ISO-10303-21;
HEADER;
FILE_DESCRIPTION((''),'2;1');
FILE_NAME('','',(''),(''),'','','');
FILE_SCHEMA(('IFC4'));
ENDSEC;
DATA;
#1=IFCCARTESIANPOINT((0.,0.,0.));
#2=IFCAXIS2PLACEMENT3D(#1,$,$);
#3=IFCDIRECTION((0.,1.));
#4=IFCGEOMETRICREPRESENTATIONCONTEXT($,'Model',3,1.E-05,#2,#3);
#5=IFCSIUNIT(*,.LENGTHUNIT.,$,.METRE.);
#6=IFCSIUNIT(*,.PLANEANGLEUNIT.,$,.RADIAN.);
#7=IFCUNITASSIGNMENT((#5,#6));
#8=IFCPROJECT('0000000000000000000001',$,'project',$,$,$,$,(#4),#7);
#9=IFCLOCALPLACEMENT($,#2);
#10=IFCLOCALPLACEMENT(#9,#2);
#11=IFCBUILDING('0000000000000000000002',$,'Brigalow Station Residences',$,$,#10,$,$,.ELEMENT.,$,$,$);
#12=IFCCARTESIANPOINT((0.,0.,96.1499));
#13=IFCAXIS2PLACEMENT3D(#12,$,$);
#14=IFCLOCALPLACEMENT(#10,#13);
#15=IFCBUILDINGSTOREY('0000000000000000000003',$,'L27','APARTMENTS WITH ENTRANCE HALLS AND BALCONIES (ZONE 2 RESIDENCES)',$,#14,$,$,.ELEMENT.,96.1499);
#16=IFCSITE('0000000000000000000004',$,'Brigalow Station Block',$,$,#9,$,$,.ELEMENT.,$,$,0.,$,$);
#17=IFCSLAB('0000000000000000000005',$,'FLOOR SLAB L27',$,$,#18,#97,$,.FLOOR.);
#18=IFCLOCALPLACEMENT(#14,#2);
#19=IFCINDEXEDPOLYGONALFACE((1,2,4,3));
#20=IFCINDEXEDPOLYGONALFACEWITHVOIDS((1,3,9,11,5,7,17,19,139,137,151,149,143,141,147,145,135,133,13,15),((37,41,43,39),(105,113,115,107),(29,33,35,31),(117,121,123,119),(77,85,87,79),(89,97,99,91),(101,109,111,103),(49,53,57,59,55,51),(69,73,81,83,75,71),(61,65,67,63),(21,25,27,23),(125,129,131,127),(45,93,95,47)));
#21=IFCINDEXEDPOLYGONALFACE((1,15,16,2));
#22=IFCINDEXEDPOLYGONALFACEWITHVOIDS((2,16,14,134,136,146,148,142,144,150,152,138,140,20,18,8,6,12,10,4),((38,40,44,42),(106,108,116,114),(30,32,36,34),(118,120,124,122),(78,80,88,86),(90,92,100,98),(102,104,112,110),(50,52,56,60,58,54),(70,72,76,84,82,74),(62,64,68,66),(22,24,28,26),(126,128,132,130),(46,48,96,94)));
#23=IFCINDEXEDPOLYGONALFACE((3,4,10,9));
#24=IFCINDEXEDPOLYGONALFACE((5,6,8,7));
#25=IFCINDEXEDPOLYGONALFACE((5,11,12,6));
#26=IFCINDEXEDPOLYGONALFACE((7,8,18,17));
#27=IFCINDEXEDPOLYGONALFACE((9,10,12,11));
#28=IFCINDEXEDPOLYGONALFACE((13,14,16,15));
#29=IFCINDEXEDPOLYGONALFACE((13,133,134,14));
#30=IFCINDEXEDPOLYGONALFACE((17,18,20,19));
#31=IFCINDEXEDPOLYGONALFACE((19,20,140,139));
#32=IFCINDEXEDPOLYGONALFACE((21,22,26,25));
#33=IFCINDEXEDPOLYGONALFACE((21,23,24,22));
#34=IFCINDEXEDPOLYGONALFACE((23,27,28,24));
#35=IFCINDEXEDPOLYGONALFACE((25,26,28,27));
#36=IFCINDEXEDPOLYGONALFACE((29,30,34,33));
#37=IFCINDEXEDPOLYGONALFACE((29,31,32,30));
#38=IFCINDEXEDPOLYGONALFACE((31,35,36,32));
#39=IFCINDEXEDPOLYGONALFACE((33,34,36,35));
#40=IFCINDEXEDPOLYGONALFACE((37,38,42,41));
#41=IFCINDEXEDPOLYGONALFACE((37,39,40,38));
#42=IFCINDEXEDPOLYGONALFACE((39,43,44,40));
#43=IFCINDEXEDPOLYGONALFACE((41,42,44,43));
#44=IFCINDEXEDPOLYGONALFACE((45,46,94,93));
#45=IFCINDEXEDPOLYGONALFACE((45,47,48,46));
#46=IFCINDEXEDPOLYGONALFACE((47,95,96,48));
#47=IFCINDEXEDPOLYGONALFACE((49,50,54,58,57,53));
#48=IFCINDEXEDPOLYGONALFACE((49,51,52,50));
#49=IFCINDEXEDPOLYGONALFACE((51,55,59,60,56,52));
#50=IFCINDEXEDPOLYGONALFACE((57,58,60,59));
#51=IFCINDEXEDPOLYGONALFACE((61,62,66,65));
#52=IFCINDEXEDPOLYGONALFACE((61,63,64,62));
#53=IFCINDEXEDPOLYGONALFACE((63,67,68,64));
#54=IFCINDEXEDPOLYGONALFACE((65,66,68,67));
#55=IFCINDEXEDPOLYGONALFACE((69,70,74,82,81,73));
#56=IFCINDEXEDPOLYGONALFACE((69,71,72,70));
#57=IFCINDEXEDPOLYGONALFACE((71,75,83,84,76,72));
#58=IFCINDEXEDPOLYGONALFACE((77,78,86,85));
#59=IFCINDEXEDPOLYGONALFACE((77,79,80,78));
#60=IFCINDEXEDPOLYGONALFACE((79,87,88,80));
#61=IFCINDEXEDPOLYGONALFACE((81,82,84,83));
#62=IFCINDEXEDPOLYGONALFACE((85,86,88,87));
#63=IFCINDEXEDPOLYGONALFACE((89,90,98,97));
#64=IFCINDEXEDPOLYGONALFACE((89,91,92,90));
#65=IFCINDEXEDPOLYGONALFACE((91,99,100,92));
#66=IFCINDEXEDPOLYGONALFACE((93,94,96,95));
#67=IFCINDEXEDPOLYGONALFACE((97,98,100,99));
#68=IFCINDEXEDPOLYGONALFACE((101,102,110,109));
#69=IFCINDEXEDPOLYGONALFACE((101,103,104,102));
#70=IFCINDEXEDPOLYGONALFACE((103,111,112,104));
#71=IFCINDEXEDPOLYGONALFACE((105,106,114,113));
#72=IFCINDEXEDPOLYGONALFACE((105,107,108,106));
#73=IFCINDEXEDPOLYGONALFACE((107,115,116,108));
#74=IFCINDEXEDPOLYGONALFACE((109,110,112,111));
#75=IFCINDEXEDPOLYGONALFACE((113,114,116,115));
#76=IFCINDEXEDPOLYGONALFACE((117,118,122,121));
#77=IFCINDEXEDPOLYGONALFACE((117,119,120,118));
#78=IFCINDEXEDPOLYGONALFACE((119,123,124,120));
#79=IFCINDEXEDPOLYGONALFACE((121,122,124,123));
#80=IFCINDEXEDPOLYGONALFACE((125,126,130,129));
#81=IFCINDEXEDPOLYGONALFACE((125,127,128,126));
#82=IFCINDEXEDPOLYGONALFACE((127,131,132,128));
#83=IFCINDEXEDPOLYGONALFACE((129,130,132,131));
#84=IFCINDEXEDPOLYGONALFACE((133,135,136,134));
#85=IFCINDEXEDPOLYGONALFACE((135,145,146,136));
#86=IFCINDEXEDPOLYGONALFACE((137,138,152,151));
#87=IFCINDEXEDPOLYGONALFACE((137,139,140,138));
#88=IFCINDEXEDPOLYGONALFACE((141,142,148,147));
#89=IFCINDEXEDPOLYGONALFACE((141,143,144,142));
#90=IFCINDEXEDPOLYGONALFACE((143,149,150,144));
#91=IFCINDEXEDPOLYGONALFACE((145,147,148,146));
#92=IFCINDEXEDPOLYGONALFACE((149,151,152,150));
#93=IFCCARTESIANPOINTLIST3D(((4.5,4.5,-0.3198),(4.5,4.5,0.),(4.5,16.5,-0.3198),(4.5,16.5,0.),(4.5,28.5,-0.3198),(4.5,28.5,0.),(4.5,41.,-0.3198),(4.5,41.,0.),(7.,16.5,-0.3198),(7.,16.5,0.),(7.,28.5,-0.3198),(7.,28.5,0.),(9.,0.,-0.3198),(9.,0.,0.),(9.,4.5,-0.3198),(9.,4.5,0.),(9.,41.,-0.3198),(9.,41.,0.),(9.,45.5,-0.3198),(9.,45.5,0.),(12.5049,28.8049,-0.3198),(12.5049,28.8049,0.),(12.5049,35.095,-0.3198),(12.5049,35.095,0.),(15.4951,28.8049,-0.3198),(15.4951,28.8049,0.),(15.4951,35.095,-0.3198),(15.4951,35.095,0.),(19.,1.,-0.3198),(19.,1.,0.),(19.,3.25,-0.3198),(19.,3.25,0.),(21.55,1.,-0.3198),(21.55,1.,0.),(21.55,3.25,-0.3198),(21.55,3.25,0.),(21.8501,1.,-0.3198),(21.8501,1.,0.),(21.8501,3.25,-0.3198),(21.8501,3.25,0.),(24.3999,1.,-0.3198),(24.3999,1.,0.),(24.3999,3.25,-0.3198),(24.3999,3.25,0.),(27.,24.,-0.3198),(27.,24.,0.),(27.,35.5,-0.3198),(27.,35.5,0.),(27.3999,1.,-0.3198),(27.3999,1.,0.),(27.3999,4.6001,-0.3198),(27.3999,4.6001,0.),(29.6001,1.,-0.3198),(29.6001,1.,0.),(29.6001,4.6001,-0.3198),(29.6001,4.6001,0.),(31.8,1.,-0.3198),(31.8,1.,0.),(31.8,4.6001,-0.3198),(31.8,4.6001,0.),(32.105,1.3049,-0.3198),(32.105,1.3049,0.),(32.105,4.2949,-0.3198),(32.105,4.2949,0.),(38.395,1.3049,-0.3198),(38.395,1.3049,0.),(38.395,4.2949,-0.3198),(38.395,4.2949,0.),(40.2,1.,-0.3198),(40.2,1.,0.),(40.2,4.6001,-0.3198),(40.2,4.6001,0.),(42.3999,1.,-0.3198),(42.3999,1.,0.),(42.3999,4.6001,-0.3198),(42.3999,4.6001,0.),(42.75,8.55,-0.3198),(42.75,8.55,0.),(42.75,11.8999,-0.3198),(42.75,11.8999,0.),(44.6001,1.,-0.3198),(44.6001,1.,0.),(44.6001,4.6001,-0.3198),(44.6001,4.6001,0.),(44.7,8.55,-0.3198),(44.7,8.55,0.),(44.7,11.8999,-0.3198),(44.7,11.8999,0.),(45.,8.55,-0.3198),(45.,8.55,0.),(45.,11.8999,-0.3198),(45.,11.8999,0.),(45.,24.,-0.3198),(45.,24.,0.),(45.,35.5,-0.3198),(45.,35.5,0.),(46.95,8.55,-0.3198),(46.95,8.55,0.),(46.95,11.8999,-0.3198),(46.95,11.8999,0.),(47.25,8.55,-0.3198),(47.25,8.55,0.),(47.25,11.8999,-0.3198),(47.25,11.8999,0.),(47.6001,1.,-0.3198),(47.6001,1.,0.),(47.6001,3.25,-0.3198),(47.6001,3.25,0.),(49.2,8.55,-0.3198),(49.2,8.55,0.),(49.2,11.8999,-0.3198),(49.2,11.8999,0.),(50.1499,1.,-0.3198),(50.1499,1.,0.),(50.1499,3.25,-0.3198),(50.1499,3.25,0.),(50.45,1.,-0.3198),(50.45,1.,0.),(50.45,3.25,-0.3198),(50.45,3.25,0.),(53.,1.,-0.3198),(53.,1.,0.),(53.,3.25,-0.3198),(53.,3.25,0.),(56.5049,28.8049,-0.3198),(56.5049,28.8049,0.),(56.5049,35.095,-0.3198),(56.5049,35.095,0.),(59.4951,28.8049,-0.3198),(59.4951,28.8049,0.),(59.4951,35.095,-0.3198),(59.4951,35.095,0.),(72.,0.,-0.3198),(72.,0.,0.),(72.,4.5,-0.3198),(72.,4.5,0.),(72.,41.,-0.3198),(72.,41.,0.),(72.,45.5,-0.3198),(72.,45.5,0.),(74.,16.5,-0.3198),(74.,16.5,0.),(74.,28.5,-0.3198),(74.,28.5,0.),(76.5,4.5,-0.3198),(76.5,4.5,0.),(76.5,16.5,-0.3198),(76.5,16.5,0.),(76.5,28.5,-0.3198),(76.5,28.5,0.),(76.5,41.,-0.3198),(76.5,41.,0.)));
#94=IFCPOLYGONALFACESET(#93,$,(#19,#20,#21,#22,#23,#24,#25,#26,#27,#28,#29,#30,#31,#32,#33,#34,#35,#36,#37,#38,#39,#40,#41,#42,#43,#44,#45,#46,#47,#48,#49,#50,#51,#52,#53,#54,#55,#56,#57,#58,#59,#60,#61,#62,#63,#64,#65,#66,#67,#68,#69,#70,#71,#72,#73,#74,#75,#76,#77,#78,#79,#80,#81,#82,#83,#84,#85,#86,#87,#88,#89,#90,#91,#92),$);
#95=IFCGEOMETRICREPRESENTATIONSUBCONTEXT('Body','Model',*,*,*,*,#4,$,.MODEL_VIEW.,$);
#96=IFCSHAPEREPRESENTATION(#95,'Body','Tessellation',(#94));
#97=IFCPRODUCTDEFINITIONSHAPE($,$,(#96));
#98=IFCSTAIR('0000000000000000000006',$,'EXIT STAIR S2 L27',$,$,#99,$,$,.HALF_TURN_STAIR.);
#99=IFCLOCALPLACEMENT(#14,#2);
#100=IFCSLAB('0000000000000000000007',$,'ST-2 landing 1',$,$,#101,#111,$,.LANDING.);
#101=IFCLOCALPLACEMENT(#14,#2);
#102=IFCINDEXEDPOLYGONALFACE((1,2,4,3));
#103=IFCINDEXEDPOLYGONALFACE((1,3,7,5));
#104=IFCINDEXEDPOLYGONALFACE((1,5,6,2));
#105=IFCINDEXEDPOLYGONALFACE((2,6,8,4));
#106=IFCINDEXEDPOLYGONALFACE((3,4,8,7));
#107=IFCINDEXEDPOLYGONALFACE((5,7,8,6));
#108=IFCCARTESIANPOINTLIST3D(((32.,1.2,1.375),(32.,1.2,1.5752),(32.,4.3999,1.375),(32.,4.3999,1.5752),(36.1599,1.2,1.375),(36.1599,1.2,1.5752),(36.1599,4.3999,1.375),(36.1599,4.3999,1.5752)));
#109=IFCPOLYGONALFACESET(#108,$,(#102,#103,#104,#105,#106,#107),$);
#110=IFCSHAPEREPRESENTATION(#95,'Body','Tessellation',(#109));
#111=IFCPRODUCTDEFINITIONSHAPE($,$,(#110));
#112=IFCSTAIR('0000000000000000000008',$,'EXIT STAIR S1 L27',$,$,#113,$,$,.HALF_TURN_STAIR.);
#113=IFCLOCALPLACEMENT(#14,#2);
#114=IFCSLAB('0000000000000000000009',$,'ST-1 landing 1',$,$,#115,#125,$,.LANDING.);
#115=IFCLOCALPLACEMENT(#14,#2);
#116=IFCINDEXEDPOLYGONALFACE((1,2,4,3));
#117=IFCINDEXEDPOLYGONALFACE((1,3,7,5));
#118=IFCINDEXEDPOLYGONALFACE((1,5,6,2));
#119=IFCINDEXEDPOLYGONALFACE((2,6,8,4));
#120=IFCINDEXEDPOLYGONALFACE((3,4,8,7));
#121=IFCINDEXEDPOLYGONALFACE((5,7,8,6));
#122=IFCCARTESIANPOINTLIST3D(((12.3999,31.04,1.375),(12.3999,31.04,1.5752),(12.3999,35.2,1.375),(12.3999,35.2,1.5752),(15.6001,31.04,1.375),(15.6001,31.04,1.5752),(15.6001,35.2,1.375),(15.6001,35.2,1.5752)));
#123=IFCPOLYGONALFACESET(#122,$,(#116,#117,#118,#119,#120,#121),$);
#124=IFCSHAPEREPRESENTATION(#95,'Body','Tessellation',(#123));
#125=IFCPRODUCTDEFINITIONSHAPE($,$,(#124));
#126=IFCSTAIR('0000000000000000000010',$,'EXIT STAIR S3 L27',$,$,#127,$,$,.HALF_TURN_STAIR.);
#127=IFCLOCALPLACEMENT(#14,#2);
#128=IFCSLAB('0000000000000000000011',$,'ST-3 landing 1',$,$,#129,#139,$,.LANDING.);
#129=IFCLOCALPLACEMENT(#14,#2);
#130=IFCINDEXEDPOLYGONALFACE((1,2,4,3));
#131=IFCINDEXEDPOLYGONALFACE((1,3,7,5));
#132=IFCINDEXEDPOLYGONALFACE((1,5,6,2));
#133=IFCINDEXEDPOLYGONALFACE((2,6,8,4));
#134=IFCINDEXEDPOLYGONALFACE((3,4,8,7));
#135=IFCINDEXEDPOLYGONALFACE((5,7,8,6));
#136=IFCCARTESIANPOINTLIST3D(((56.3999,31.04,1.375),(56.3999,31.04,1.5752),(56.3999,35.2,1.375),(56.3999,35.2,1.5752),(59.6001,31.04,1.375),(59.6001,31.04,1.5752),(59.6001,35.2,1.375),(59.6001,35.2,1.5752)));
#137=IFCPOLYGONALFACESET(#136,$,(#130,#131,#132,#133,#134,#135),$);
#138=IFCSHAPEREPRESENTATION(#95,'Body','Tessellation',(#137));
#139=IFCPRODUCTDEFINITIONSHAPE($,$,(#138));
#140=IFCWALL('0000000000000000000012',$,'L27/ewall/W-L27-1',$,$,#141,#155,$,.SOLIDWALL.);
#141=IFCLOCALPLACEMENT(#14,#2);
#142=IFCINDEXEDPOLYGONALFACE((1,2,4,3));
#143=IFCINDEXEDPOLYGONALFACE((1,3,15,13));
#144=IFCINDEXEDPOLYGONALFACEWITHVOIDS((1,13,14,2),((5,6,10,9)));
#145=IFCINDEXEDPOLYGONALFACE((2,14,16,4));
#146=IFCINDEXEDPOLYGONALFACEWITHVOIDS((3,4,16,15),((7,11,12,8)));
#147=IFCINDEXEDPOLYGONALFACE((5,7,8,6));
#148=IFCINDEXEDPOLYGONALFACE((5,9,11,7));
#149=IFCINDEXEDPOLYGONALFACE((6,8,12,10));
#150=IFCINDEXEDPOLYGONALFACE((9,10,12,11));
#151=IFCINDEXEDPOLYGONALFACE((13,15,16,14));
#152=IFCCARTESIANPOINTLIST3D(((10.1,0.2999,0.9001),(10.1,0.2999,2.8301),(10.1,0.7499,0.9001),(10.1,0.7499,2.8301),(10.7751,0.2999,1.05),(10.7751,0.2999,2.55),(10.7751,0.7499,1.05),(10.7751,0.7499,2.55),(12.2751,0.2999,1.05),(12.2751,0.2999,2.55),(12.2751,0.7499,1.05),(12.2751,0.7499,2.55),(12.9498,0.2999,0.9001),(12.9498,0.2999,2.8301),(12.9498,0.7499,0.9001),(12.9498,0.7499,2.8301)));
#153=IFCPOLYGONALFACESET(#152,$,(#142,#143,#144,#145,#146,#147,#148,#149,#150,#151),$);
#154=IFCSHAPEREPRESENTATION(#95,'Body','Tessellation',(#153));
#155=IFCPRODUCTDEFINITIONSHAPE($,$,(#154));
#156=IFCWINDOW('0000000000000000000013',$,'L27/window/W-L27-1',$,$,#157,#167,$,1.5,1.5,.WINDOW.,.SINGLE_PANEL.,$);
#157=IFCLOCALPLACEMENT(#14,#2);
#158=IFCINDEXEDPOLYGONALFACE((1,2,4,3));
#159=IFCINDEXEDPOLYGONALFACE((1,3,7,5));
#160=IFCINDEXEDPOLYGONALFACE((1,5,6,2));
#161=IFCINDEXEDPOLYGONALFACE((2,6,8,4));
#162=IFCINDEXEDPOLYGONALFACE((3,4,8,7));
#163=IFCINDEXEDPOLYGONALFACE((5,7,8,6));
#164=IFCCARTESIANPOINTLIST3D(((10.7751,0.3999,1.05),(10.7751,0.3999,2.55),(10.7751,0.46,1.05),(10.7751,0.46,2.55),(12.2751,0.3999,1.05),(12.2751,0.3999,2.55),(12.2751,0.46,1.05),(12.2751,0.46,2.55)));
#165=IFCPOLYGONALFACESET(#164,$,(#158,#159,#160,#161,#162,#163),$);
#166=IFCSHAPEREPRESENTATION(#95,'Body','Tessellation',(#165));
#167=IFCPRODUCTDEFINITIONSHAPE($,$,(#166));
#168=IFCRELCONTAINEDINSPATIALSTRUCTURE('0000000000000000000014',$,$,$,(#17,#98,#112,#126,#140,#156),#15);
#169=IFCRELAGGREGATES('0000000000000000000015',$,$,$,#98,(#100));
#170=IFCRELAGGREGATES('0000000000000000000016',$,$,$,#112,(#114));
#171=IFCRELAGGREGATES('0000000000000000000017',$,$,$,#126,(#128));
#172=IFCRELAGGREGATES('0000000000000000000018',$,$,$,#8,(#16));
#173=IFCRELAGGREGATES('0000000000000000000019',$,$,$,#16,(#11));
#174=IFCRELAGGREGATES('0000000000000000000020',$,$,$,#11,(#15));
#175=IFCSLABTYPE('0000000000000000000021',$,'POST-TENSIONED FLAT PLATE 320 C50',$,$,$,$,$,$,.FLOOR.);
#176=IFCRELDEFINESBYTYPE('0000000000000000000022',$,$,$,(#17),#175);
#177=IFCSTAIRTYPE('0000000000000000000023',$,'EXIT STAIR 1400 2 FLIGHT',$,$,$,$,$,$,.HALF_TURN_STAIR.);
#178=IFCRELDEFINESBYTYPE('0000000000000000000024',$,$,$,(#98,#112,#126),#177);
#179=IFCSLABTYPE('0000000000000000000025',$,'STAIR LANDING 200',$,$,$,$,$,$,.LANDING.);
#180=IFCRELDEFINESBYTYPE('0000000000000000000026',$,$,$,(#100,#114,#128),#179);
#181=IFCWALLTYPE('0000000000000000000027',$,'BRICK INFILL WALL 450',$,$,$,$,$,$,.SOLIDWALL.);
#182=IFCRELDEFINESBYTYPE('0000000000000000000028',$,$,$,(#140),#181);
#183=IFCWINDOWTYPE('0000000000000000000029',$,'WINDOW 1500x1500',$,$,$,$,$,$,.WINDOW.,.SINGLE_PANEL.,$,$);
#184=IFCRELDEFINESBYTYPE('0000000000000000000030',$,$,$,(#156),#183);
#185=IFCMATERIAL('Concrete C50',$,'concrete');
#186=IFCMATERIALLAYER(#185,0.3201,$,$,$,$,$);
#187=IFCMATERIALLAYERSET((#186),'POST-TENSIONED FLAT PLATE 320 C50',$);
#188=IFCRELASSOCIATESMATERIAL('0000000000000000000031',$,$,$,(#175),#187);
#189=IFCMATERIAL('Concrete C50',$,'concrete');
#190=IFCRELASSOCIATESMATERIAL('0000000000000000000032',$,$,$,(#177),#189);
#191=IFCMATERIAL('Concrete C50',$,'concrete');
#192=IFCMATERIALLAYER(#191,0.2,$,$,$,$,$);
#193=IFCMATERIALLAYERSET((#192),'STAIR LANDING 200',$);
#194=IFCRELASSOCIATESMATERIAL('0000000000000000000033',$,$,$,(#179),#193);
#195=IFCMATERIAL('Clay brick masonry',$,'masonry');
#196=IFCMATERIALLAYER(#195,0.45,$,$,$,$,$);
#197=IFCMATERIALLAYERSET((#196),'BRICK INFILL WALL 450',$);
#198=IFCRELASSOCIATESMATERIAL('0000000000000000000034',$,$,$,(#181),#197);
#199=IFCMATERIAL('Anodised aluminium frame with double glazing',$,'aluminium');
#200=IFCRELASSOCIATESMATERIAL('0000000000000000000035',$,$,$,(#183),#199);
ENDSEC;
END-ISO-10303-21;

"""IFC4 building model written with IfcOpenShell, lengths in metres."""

from ifc_helpers import new_model, si_unit, direction, frame, frame_2d, origin, place, context, subcontext, project, spatial, polyline, rectangle, outline, extrude, material, layer, layer_set, type_object, element, fill, aggregate, save


model = new_model("IFC4")

# Units and contexts
model_context = context("Model", 3, precision=1e-05, world=origin(), true_north=direction((0.0, 1.0)))
body_context = subcontext(model_context, "Body", "Model", "MODEL_VIEW")
ifc_project = project(units=[si_unit("LENGTHUNIT", "METRE"), si_unit("PLANEANGLEUNIT", "RADIAN")], contexts=[model_context])

# Site, building, storey
site_placement = place(None, origin())
site = spatial("IfcSite", under=ifc_project, at=site_placement, Name="Brigalow Station Block", CompositionType="ELEMENT", RefElevation=0.0)
building_placement = place(site_placement, origin())
building = spatial("IfcBuilding", under=site, at=building_placement, Name="Brigalow Station Residences", CompositionType="ELEMENT")
storey_placement = place(building_placement, frame((0.0, 0.0, 96.1499)))
storey = spatial("IfcBuildingStorey", under=building, at=storey_placement, Name="L27", Description="APARTMENTS WITH ENTRANCE HALLS AND BALCONIES (ZONE 2 RESIDENCES)", CompositionType="ELEMENT", Elevation=96.1499)

# Slab
ifc_material_1 = material(Name="Concrete C50", Category="concrete")
ifc_layer_1 = layer(ifc_material_1, 0.3201)
ifc_layer_set_1 = layer_set([ifc_layer_1], Name="POST-TENSIONED FLAT PLATE 320 C50")
slab_type_1 = type_object("IfcSlabType", Name="POST-TENSIONED FLAT PLATE 320 C50", PredefinedType="FLOOR", material=ifc_layer_set_1)
slab_1_placement = place(storey_placement, frame((0.0, 0.0, -0.3198)))
element("IfcSlab", 1, at=slab_1_placement, inside=storey, type_object=slab_type_1, Name="FLOOR SLAB L27", PredefinedType="FLOOR", context=body_context, shape_type="SweptSolid", body=[
    extrude(outline(polyline([(9.0, 0.0), (72.0, 0.0), (72.0, 4.5), (76.5, 4.5), (76.5, 16.5), (74.0, 16.5), (74.0, 28.5), (76.5, 28.5), (76.5, 41.0), (72.0, 41.0), (72.0, 45.5), (9.0, 45.5), (9.0, 41.0), (4.5, 41.0), (4.5, 28.5), (7.0, 28.5), (7.0, 16.5), (4.5, 16.5), (4.5, 4.5), (9.0, 4.5), (9.0, 0.0)]), holes=[polyline([(12.5049, 35.095), (15.4951, 35.095), (15.4951, 28.8049), (12.5049, 28.8049), (12.5049, 35.095)]), polyline([(19.0, 1.0), (19.0, 3.25), (21.55, 3.25), (21.55, 1.0), (19.0, 1.0)]), polyline([(21.8501, 3.25), (24.3999, 3.25), (24.3999, 1.0), (21.8501, 1.0), (21.8501, 3.25)]), polyline([(27.0, 35.5), (45.0, 35.5), (45.0, 24.0), (27.0, 24.0), (27.0, 35.5)]), polyline([(29.6001, 4.6001), (31.8, 4.6001), (31.8, 1.0), (29.6001, 1.0), (27.3999, 1.0), (27.3999, 4.6001), (29.6001, 4.6001)]), polyline([(32.105, 4.2949), (38.395, 4.2949), (38.395, 1.3049), (32.105, 1.3049), (32.105, 4.2949)]), polyline([(40.2, 4.6001), (42.3999, 4.6001), (44.6001, 4.6001), (44.6001, 1.0), (42.3999, 1.0), (40.2, 1.0), (40.2, 4.6001)]), polyline([(42.75, 11.8999), (44.7, 11.8999), (44.7, 8.55), (42.75, 8.55), (42.75, 11.8999)]), polyline([(45.0, 11.8999), (46.95, 11.8999), (46.95, 8.55), (45.0, 8.55), (45.0, 11.8999)]), polyline([(47.25, 11.8999), (49.2, 11.8999), (49.2, 8.55), (47.25, 8.55), (47.25, 11.8999)]), polyline([(47.6001, 3.25), (50.1499, 3.25), (50.1499, 1.0), (47.6001, 1.0), (47.6001, 3.25)]), polyline([(50.45, 3.25), (53.0, 3.25), (53.0, 1.0), (50.45, 1.0), (50.45, 3.25)]), polyline([(56.5049, 35.095), (59.4951, 35.095), (59.4951, 28.8049), (56.5049, 28.8049), (56.5049, 35.095)])]), origin(), (0.0, 0.0, 1.0), 0.3198),
])

# Stairs, slabs
ifc_material_2 = material(Name="Concrete C50", Category="concrete")
stair_type = type_object("IfcStairType", Name="EXIT STAIR 1400 2 FLIGHT", PredefinedType="HALF_TURN_STAIR", material=ifc_material_2)
stair_1_placement = place(storey_placement, origin())
stair_1 = element("IfcStair", 2, at=stair_1_placement, inside=storey, type_object=stair_type, Name="EXIT STAIR S2 L27", PredefinedType="HALF_TURN_STAIR")
ifc_material_3 = material(Name="Concrete C50", Category="concrete")
ifc_layer_2 = layer(ifc_material_3, 0.2)
ifc_layer_set_2 = layer_set([ifc_layer_2], Name="STAIR LANDING 200")
slab_type_2 = type_object("IfcSlabType", Name="STAIR LANDING 200", PredefinedType="LANDING", material=ifc_layer_set_2)
slab_2_placement = place(storey_placement, frame((0.0, 0.0, 1.375)))
slab_2 = element("IfcSlab", 3, at=slab_2_placement, type_object=slab_type_2, Name="ST-2 landing 1", PredefinedType="LANDING", context=body_context, shape_type="SweptSolid", body=[
    extrude(outline(polyline([(32.0, 1.2), (36.1599, 1.2), (36.1599, 4.3999), (32.0, 4.3999), (32.0, 1.2)])), origin(), (0.0, 0.0, 1.0), 0.2002),
])
aggregate(stair_1, [slab_2])
stair_2_placement = place(storey_placement, origin())
stair_2 = element("IfcStair", 4, at=stair_2_placement, inside=storey, type_object=stair_type, Name="EXIT STAIR S1 L27", PredefinedType="HALF_TURN_STAIR")
slab_3_placement = place(storey_placement, frame((0.0, 0.0, 1.375)))
slab_3 = element("IfcSlab", 5, at=slab_3_placement, type_object=slab_type_2, Name="ST-1 landing 1", PredefinedType="LANDING", context=body_context, shape_type="SweptSolid", body=[
    extrude(outline(polyline([(12.3999, 31.04), (15.6001, 31.04), (15.6001, 35.2), (12.3999, 35.2), (12.3999, 31.04)])), origin(), (0.0, 0.0, 1.0), 0.2002),
])
aggregate(stair_2, [slab_3])
stair_3_placement = place(storey_placement, origin())
stair_3 = element("IfcStair", 6, at=stair_3_placement, inside=storey, type_object=stair_type, Name="EXIT STAIR S3 L27", PredefinedType="HALF_TURN_STAIR")
slab_4_placement = place(storey_placement, frame((0.0, 0.0, 1.375)))
slab_4 = element("IfcSlab", 7, at=slab_4_placement, type_object=slab_type_2, Name="ST-3 landing 1", PredefinedType="LANDING", context=body_context, shape_type="SweptSolid", body=[
    extrude(outline(polyline([(56.3999, 31.04), (59.6001, 31.04), (59.6001, 35.2), (56.3999, 35.2), (56.3999, 31.04)])), origin(), (0.0, 0.0, 1.0), 0.2002),
])
aggregate(stair_3, [slab_4])

# Wall, opening, window
ifc_material_4 = material(Name="Clay brick masonry", Category="masonry")
ifc_layer_3 = layer(ifc_material_4, 0.45)
ifc_layer_set_3 = layer_set([ifc_layer_3], Name="BRICK INFILL WALL 450")
wall_type_1 = type_object("IfcWallType", Name="BRICK INFILL WALL 450", PredefinedType="SOLIDWALL", material=ifc_layer_set_3)
wall_1_placement = place(storey_placement, frame((10.1001, 0.5249, 0.9001), z_axis=(0.0, 0.0, 1.0), x_axis=(1.0, 0.0, 0.0)))
wall_1 = element("IfcWall", 8, at=wall_1_placement, inside=storey, type_object=wall_type_1, Name="L27/ewall/W-L27-1", PredefinedType="SOLIDWALL", context=body_context, shape_type="SweptSolid", body=[
    extrude(rectangle(XDim=2.8499, YDim=0.45, at=frame_2d((1.4248, 0.0))), origin(), (0.0, 0.0, 1.0), 1.9299),
])
opening_1_placement = place(wall_1_placement, frame((0.675, 0.0, 0.1499)))
opening_1 = element("IfcOpeningElement", 9, at=opening_1_placement, cuts=wall_1, PredefinedType="OPENING", context=body_context, shape_type="SweptSolid", body=[
    extrude(rectangle(XDim=1.5, YDim=1.5, at=frame_2d((0.75, 0.75))), frame((0.0, 0.2349, 0.0), z_axis=(0.0, -1.0, 0.0), x_axis=(1.0, 0.0, 0.0)), (0.0, 0.0, 1.0), 0.47),
])
ifc_material_5 = material(Name="Anodised aluminium frame with double glazing", Category="aluminium")
window_type_1 = type_object("IfcWindowType", Name="WINDOW 1500x1500", PartitioningType="SINGLE_PANEL", PredefinedType="WINDOW", material=ifc_material_5)
window_1_placement = place(opening_1_placement, origin())
window_1 = element("IfcWindow", 10, at=window_1_placement, inside=storey, type_object=window_type_1, Name="L27/window/W-L27-1", OverallHeight=1.5, OverallWidth=1.5, PartitioningType="SINGLE_PANEL", PredefinedType="WINDOW", context=body_context, shape_type="SweptSolid", body=[
    extrude(rectangle(XDim=1.5, YDim=1.5, at=frame_2d((0.75, 0.75))), frame((0.0, -0.0649, 0.0), z_axis=(0.0, -1.0, 0.0), x_axis=(1.0, 0.0, 0.0)), (0.0, 0.0, 1.0), 0.0601),
])
fill(opening_1, window_1)

save(model, "model.ifc")
